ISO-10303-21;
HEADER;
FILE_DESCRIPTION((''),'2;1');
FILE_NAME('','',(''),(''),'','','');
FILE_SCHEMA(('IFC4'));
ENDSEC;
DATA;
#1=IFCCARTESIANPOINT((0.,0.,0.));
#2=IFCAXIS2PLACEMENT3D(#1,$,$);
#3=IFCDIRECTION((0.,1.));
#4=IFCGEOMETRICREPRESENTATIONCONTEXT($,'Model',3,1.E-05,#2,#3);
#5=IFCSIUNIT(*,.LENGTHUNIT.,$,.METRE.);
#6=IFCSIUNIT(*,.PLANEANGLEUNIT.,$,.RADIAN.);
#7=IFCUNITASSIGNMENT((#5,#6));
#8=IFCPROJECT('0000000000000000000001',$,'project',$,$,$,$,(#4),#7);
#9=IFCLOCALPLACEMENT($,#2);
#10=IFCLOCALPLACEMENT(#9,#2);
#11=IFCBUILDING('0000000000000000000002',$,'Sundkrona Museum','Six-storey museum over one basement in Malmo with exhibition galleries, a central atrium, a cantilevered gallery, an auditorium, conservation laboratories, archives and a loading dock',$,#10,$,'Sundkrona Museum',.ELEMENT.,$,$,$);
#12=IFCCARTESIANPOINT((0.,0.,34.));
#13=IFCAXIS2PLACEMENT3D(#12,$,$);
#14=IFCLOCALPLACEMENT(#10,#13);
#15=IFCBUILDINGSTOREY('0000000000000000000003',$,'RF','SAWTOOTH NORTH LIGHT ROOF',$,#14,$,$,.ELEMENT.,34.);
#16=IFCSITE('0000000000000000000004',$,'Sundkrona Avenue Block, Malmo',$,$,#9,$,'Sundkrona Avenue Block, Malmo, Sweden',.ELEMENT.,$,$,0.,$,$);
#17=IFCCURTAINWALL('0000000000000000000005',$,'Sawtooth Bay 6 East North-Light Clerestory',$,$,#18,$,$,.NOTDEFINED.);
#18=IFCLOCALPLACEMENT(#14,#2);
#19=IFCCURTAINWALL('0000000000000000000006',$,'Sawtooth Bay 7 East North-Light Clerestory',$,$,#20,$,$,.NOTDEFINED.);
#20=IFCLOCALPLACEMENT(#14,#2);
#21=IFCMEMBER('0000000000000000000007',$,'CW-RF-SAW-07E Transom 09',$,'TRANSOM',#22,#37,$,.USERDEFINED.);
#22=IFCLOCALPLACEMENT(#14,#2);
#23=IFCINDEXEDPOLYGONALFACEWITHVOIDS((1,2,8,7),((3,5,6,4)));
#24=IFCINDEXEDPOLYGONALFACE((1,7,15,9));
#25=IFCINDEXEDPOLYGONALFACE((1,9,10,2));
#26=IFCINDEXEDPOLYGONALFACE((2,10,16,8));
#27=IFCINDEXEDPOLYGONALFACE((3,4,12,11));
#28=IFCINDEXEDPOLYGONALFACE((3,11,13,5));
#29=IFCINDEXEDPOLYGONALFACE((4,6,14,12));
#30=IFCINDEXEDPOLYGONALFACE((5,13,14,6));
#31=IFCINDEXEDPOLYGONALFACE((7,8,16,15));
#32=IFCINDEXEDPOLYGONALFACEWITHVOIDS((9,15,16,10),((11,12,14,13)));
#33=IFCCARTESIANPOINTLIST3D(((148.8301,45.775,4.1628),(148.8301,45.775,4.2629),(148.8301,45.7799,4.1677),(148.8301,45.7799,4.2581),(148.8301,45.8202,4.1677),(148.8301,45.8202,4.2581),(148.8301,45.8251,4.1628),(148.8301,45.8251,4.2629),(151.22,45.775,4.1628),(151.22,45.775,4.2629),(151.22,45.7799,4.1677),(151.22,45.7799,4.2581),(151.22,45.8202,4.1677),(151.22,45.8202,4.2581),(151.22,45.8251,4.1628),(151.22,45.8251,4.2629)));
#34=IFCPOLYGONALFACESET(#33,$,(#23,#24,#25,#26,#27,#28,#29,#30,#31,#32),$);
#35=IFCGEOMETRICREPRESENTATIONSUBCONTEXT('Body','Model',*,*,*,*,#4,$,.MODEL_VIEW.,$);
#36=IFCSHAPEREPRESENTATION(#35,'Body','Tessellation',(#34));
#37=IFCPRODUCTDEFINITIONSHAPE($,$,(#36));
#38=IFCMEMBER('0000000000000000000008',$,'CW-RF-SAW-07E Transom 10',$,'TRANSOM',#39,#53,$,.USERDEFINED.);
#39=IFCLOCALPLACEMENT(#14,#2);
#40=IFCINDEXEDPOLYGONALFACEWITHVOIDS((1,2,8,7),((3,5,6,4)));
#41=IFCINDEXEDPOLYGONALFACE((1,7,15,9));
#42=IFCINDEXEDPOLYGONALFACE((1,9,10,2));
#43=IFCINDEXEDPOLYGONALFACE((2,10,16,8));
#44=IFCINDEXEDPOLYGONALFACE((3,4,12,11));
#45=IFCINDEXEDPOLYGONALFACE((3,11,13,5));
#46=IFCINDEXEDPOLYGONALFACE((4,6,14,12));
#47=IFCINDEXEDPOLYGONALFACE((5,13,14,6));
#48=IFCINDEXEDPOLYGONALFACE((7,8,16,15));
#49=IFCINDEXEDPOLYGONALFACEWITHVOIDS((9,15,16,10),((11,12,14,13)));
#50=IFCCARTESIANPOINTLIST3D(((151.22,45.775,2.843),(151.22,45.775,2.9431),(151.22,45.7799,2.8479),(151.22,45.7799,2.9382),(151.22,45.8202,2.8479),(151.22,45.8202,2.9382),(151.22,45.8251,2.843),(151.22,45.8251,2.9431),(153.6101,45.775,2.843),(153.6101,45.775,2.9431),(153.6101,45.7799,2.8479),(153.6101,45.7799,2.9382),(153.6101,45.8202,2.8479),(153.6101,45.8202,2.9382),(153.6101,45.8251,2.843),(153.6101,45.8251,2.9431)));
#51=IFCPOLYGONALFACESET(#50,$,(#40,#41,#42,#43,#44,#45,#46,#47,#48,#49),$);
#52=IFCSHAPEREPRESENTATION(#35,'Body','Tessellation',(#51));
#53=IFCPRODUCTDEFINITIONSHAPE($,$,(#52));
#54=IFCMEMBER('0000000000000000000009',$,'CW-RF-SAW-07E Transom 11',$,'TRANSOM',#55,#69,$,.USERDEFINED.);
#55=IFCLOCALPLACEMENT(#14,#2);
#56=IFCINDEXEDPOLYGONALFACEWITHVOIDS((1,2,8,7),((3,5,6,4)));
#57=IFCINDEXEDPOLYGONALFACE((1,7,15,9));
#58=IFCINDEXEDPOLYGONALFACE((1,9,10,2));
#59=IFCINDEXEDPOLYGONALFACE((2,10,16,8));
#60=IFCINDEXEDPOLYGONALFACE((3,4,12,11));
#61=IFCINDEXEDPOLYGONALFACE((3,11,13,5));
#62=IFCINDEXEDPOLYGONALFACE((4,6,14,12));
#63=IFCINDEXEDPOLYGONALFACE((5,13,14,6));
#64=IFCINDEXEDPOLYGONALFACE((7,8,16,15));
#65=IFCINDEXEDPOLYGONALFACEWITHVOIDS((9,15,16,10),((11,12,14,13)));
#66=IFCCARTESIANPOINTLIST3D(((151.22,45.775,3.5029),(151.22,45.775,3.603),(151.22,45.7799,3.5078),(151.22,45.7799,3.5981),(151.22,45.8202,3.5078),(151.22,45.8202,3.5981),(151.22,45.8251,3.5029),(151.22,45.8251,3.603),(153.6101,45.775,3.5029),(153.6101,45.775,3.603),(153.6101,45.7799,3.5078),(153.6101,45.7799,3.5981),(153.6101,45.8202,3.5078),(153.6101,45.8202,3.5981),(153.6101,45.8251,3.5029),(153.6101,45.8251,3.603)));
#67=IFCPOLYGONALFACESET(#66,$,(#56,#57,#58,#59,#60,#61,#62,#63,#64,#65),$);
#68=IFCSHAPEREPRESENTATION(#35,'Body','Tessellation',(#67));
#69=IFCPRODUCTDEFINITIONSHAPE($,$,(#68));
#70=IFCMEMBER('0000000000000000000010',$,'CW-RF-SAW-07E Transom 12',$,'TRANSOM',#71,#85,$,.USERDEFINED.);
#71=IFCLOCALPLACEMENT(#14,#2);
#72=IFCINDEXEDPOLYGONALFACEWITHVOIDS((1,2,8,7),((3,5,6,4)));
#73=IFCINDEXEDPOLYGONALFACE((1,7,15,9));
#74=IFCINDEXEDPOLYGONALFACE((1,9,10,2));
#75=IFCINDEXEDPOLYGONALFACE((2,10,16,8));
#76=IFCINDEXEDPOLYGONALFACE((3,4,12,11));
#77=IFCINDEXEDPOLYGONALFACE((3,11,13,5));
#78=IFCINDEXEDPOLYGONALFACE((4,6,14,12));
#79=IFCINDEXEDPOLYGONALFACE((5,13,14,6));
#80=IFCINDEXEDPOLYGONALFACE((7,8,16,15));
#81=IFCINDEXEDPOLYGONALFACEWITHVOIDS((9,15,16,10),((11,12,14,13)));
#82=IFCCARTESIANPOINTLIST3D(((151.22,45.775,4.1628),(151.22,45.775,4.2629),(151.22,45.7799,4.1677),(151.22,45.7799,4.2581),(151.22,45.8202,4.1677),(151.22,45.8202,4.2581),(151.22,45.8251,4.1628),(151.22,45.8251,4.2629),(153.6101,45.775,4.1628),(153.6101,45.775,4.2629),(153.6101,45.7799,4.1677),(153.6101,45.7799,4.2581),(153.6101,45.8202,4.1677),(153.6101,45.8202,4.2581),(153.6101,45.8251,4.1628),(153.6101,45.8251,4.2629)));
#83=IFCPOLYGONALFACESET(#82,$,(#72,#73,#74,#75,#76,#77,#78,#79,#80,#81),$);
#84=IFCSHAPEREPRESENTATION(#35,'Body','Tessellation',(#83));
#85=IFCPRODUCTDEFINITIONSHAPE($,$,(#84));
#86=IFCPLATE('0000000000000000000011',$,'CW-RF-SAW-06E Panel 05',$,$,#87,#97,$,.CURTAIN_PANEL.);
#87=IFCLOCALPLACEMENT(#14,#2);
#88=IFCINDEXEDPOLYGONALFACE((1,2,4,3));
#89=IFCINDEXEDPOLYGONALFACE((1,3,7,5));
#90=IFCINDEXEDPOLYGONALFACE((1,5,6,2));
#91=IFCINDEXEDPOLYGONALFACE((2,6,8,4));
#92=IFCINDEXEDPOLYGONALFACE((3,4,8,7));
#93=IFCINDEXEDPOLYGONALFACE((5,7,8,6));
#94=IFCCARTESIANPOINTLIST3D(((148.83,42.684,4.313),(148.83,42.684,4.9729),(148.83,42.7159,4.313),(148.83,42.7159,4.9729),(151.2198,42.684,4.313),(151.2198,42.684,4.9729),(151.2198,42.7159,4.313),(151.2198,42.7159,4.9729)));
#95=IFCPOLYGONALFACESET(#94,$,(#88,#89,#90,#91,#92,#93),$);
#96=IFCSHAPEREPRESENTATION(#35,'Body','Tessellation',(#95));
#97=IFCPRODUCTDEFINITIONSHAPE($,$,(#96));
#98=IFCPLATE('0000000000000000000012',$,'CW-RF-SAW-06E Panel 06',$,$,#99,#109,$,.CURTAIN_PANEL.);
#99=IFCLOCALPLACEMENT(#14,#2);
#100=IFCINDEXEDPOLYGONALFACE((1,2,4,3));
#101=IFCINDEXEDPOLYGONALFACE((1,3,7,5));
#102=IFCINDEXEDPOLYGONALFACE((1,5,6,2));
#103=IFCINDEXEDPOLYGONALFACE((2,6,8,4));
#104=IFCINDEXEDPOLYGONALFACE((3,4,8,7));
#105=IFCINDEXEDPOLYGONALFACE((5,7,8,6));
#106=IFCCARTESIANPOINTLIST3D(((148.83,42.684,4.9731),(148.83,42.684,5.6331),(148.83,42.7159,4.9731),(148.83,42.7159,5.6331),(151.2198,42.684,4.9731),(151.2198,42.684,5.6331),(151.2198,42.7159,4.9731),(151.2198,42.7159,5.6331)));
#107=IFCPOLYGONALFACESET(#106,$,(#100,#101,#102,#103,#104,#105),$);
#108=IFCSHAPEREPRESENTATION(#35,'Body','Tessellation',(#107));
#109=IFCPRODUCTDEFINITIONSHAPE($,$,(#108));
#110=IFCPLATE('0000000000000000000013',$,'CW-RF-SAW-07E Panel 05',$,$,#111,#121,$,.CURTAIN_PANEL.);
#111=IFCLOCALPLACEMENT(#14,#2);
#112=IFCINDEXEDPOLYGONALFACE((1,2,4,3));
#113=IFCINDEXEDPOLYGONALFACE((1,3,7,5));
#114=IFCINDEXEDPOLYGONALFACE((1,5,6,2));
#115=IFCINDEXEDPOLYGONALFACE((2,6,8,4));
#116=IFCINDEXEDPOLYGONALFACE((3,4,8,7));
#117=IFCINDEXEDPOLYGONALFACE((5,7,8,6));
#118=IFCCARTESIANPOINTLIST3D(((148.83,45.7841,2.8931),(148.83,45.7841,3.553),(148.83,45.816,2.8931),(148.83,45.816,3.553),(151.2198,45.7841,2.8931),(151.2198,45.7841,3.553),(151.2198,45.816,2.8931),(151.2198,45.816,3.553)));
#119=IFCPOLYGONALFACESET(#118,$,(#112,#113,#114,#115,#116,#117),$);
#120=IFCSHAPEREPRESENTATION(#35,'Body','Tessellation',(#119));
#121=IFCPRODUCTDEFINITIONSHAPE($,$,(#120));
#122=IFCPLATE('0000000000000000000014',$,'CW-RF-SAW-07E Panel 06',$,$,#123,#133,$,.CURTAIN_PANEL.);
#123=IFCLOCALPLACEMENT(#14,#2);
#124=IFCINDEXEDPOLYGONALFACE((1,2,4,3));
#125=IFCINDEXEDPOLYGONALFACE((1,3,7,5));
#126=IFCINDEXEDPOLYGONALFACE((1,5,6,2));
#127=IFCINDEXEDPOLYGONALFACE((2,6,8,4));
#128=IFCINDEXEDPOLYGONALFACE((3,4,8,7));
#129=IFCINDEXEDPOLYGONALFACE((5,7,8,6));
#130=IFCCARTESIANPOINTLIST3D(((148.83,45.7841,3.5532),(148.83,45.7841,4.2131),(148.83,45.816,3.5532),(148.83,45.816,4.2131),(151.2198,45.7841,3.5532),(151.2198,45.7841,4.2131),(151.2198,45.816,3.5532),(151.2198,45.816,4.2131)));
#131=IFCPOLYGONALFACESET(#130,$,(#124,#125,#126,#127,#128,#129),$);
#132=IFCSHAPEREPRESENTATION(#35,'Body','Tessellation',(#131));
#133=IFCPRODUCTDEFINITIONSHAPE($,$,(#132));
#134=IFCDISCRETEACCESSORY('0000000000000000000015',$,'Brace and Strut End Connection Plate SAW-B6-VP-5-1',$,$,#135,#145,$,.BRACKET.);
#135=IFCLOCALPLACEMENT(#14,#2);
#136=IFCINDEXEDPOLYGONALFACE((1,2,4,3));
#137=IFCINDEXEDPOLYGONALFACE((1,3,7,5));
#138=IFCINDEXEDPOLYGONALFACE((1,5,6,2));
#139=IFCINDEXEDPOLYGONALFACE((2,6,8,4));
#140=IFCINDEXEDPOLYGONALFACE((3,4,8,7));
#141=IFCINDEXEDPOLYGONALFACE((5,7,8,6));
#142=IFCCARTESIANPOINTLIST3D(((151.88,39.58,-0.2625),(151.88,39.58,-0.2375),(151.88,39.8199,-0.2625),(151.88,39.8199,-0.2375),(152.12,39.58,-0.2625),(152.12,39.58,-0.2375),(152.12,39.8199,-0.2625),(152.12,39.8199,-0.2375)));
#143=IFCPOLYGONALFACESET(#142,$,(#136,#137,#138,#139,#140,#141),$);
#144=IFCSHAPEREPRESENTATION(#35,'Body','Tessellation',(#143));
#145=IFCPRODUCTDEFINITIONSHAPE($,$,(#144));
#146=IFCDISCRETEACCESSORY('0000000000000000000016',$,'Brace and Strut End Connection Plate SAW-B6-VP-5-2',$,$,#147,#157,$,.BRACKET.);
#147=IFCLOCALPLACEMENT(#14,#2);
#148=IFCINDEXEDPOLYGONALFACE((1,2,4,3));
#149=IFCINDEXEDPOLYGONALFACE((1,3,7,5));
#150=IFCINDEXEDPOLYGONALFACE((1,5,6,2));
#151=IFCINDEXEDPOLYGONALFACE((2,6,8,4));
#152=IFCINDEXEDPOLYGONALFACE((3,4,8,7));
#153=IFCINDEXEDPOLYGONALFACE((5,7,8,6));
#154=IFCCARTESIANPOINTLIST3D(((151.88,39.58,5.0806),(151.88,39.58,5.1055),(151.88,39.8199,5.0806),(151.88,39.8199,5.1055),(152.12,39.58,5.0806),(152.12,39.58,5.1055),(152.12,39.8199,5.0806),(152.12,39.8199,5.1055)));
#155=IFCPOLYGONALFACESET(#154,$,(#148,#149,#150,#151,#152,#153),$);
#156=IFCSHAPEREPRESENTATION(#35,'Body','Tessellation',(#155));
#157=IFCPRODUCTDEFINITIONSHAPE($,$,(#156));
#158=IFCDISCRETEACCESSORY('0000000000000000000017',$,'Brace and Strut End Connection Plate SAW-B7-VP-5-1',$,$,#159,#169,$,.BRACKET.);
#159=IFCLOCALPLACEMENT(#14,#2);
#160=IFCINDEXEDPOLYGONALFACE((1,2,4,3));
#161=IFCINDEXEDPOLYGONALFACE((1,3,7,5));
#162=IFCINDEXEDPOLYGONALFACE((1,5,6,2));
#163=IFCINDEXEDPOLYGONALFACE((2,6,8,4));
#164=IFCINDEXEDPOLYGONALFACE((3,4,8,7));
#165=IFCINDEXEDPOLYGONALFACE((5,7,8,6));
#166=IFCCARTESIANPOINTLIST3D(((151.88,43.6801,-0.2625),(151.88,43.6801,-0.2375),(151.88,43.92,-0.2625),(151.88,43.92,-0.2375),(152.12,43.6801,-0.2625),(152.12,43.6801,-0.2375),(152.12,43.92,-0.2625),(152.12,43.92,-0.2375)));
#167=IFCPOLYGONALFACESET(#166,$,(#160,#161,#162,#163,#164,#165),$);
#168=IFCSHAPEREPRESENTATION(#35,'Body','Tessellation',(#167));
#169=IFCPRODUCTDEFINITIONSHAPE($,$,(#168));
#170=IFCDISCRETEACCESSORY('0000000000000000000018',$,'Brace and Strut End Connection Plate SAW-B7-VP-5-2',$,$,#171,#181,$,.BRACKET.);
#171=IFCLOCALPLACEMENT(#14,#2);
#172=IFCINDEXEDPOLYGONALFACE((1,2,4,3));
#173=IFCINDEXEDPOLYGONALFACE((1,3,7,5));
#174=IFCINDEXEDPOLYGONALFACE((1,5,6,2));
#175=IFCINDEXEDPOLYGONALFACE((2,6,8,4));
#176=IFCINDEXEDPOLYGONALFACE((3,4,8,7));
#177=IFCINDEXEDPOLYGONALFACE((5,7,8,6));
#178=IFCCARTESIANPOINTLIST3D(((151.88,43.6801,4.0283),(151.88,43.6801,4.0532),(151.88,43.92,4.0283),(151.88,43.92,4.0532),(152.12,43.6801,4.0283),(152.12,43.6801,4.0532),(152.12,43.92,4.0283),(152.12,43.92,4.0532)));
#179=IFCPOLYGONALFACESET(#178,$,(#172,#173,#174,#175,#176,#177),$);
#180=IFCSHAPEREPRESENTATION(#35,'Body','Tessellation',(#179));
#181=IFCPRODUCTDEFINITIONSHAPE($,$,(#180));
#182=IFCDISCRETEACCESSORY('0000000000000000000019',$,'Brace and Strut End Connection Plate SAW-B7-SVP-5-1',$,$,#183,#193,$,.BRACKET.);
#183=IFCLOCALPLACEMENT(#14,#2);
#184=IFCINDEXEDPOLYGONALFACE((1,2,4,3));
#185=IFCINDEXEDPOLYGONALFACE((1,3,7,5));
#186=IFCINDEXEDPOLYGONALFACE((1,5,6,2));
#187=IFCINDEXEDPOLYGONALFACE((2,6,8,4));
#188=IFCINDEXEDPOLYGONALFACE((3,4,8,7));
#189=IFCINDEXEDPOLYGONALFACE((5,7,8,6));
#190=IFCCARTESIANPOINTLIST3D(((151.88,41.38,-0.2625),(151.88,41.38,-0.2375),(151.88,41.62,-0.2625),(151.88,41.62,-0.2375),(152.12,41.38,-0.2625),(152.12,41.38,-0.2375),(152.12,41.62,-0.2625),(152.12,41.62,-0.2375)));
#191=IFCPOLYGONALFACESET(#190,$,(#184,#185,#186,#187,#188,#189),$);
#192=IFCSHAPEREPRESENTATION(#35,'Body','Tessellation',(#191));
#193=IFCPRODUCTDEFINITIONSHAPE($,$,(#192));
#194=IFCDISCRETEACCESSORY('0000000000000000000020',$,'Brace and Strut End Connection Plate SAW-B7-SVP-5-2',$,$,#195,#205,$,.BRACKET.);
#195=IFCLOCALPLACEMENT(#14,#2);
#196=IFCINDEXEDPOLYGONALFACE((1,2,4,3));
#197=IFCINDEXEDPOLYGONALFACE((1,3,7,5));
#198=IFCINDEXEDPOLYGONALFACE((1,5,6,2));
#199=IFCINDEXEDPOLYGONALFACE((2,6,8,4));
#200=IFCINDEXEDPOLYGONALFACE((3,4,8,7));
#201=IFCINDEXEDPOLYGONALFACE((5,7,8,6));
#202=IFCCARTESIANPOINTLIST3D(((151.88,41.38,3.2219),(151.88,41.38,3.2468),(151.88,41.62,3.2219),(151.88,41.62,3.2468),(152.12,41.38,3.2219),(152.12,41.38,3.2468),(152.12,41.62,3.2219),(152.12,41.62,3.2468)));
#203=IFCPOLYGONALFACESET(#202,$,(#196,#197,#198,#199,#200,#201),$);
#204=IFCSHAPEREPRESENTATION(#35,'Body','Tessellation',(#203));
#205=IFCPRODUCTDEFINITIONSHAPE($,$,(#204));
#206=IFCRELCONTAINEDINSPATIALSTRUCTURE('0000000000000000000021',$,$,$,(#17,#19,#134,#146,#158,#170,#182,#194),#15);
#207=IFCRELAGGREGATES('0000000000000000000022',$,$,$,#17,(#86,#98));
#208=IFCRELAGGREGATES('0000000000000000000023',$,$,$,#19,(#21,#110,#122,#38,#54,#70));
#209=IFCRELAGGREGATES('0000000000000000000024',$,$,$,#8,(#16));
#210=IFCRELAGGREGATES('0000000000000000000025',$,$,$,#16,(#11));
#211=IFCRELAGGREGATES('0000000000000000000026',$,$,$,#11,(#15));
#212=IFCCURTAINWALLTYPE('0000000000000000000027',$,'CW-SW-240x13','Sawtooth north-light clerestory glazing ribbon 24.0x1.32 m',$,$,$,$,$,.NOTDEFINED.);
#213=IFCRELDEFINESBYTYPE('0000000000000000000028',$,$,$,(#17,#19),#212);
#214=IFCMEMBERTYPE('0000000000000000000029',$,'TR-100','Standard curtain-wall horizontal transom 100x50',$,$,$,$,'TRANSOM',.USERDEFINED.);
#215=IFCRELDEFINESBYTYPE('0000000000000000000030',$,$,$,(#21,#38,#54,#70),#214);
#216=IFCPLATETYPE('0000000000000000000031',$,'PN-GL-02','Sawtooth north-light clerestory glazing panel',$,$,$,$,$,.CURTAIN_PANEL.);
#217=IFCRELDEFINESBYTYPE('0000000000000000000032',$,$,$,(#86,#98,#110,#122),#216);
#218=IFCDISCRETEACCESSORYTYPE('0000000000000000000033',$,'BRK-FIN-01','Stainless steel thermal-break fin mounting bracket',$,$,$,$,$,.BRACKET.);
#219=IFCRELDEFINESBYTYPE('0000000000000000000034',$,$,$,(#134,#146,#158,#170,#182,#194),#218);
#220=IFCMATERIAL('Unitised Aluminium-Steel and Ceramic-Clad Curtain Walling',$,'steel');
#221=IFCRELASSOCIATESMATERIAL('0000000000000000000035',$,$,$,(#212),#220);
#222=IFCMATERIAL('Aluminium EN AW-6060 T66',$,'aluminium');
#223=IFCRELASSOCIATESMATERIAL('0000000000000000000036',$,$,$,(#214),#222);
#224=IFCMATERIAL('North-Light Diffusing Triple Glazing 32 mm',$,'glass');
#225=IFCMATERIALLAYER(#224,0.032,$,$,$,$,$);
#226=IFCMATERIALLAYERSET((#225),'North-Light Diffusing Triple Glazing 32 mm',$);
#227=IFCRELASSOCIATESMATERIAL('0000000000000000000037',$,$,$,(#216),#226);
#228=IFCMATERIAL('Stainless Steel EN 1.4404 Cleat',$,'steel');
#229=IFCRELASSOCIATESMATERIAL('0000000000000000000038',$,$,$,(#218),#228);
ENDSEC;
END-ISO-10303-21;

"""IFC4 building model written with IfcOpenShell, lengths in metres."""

from ifc_helpers import new_model, si_unit, direction, frame, origin, origin_2d, place, context, subcontext, project, spatial, rectangle, hollow_rectangle, extrude, material, layer, layer_set, material_profile, profile_set, type_object, element, aggregate, save


model = new_model("IFC4")

# Units and contexts
model_context = context("Model", 3, precision=1e-05, world=origin(), true_north=direction((0.0, 1.0)))
body_context = subcontext(model_context, "Body", "Model", "MODEL_VIEW")
ifc_project = project(units=[si_unit("LENGTHUNIT", "METRE"), si_unit("PLANEANGLEUNIT", "RADIAN")], contexts=[model_context])

# Site, building, storey
site_placement = place(None, origin())
site = spatial("IfcSite", under=ifc_project, at=site_placement, Name="Sundkrona Avenue Block, Malmo", LongName="Sundkrona Avenue Block, Malmo, Sweden", CompositionType="ELEMENT", RefElevation=0.0)
building_placement = place(site_placement, origin())
building = spatial("IfcBuilding", under=site, at=building_placement, Name="Sundkrona Museum", Description="Six-storey museum over one basement in Malmo with exhibition galleries, a central atrium, a cantilevered gallery, an auditorium, conservation laboratories, archives and a loading dock", LongName="Sundkrona Museum", CompositionType="ELEMENT")
storey_placement = place(building_placement, frame((0.0, 0.0, 34.0)))
storey = spatial("IfcBuildingStorey", under=building, at=storey_placement, Name="RF", Description="SAWTOOTH NORTH LIGHT ROOF", CompositionType="ELEMENT", Elevation=34.0)

# Curtain walls
ifc_material_1 = material(Name="Unitised Aluminium-Steel and Ceramic-Clad Curtain Walling", Category="steel")
curtain_wall_type = type_object("IfcCurtainWallType", Name="CW-SW-240x13", Description="Sawtooth north-light clerestory glazing ribbon 24.0x1.32 m", PredefinedType="NOTDEFINED", material=ifc_material_1)
curtain_wall_1_placement = place(storey_placement, origin())
curtain_wall_1 = element("IfcCurtainWall", 1, at=curtain_wall_1_placement, inside=storey, type_object=curtain_wall_type, Name="Sawtooth Bay 6 East North-Light Clerestory", PredefinedType="NOTDEFINED")
ifc_material_2 = material(Name="Aluminium EN AW-6060 T66", Category="aluminium")
curtain_wall_2_placement = place(storey_placement, origin())
curtain_wall_2 = element("IfcCurtainWall", 2, at=curtain_wall_2_placement, inside=storey, type_object=curtain_wall_type, Name="Sawtooth Bay 7 East North-Light Clerestory", PredefinedType="NOTDEFINED")

# Members
ifc_material_profile_1 = material_profile(ifc_material_2, hollow_rectangle(XDim=0.05, YDim=0.1001, WallThickness=0.0049, at=origin_2d()), Name="RHS 100x50x5.0")
ifc_profile_set_1 = profile_set([ifc_material_profile_1], Name="Aluminium EN AW-6060 T66")
member_type_1 = type_object("IfcMemberType", Name="TR-100", Description="Standard curtain-wall horizontal transom 100x50", ElementType="TRANSOM", PredefinedType="USERDEFINED", material=ifc_profile_set_1)
member_1_placement = place(storey_placement, frame((148.8301, 45.8, 4.2129), z_axis=(1.0, 0.0, 0.0), x_axis=(0.0, 1.0, 0.0)))
member_1 = element("IfcMember", 3, at=member_1_placement, type_object=member_type_1, Name="CW-RF-SAW-07E Transom 09", ObjectType="TRANSOM", PredefinedType="USERDEFINED", context=body_context, shape_type="SweptSolid", body=[
    extrude(hollow_rectangle(XDim=0.05, YDim=0.1001, WallThickness=0.0049, at=origin_2d()), origin(), (0.0, 0.0, 1.0), 2.3899),
])
member_2_placement = place(storey_placement, frame((151.22, 45.8, 2.8931), z_axis=(1.0, 0.0, 0.0), x_axis=(0.0, 1.0, 0.0)))
member_2 = element("IfcMember", 4, at=member_2_placement, type_object=member_type_1, Name="CW-RF-SAW-07E Transom 10", ObjectType="TRANSOM", PredefinedType="USERDEFINED", context=body_context, shape_type="SweptSolid", body=[
    extrude(hollow_rectangle(XDim=0.05, YDim=0.1001, WallThickness=0.0049, at=origin_2d()), origin(), (0.0, 0.0, 1.0), 2.3901),
])
member_3_placement = place(storey_placement, frame((151.22, 45.8, 3.553), z_axis=(1.0, 0.0, 0.0), x_axis=(0.0, 1.0, 0.0)))
member_3 = element("IfcMember", 5, at=member_3_placement, type_object=member_type_1, Name="CW-RF-SAW-07E Transom 11", ObjectType="TRANSOM", PredefinedType="USERDEFINED", context=body_context, shape_type="SweptSolid", body=[
    extrude(hollow_rectangle(XDim=0.05, YDim=0.1001, WallThickness=0.0049, at=origin_2d()), origin(), (0.0, 0.0, 1.0), 2.3901),
])
member_4_placement = place(storey_placement, frame((151.22, 45.8, 4.2129), z_axis=(1.0, 0.0, 0.0), x_axis=(0.0, 1.0, 0.0)))
member_4 = element("IfcMember", 6, at=member_4_placement, type_object=member_type_1, Name="CW-RF-SAW-07E Transom 12", ObjectType="TRANSOM", PredefinedType="USERDEFINED", context=body_context, shape_type="SweptSolid", body=[
    extrude(hollow_rectangle(XDim=0.05, YDim=0.1001, WallThickness=0.0049, at=origin_2d()), origin(), (0.0, 0.0, 1.0), 2.3901),
])

# Plates
ifc_material_3 = material(Name="North-Light Diffusing Triple Glazing 32 mm", Category="glass")
ifc_layer = layer(ifc_material_3, 0.032)
ifc_layer_set = layer_set([ifc_layer], Name="North-Light Diffusing Triple Glazing 32 mm")
plate_type = type_object("IfcPlateType", Name="PN-GL-02", Description="Sawtooth north-light clerestory glazing panel", PredefinedType="CURTAIN_PANEL", material=ifc_layer_set)
plate_1_placement = place(storey_placement, frame((150.0249, 42.7, 4.313), z_axis=(0.0, 0.0, 1.0), x_axis=(1.0, 0.0, 0.0)))
plate_1 = element("IfcPlate", 7, at=plate_1_placement, type_object=plate_type, Name="CW-RF-SAW-06E Panel 05", PredefinedType="CURTAIN_PANEL", context=body_context, shape_type="SweptSolid", body=[
    extrude(rectangle(XDim=2.3899, YDim=0.032, at=origin_2d()), origin(), (0.0, 0.0, 1.0), 0.6599),
])
plate_2_placement = place(storey_placement, frame((150.0249, 42.7, 4.9731), z_axis=(0.0, 0.0, 1.0), x_axis=(1.0, 0.0, 0.0)))
plate_2 = element("IfcPlate", 8, at=plate_2_placement, type_object=plate_type, Name="CW-RF-SAW-06E Panel 06", PredefinedType="CURTAIN_PANEL", context=body_context, shape_type="SweptSolid", body=[
    extrude(rectangle(XDim=2.3899, YDim=0.032, at=origin_2d()), origin(), (0.0, 0.0, 1.0), 0.6599),
])
aggregate(curtain_wall_1, [plate_1, plate_2])
plate_3_placement = place(storey_placement, frame((150.0249, 45.8, 2.8931), z_axis=(0.0, 0.0, 1.0), x_axis=(1.0, 0.0, 0.0)))
plate_3 = element("IfcPlate", 9, at=plate_3_placement, type_object=plate_type, Name="CW-RF-SAW-07E Panel 05", PredefinedType="CURTAIN_PANEL", context=body_context, shape_type="SweptSolid", body=[
    extrude(rectangle(XDim=2.3899, YDim=0.032, at=origin_2d()), origin(), (0.0, 0.0, 1.0), 0.6599),
])
plate_4_placement = place(storey_placement, frame((150.0249, 45.8, 3.5532), z_axis=(0.0, 0.0, 1.0), x_axis=(1.0, 0.0, 0.0)))
plate_4 = element("IfcPlate", 10, at=plate_4_placement, type_object=plate_type, Name="CW-RF-SAW-07E Panel 06", PredefinedType="CURTAIN_PANEL", context=body_context, shape_type="SweptSolid", body=[
    extrude(rectangle(XDim=2.3899, YDim=0.032, at=origin_2d()), origin(), (0.0, 0.0, 1.0), 0.6599),
])
aggregate(curtain_wall_2, [member_1, plate_3, plate_4, member_2, member_3, member_4])

# Discrete accessories
ifc_material_4 = material(Name="Stainless Steel EN 1.4404 Cleat", Category="steel")
discrete_accessory_type = type_object("IfcDiscreteAccessoryType", Name="BRK-FIN-01", Description="Stainless steel thermal-break fin mounting bracket", PredefinedType="BRACKET", material=ifc_material_4)
for number, where, z_axis, x_axis, name in (
    (11, (152.0, 39.7, -0.2625), (0.0, 0.0, 1.0), (1.0, 0.0, 0.0), "Brace and Strut End Connection Plate SAW-B6-VP-5-1"),
    (12, (152.0, 39.7, 5.0806), (0.0, 0.0, 1.0), (1.0, 0.0, 0.0), "Brace and Strut End Connection Plate SAW-B6-VP-5-2"),
    (13, (152.0, 43.8, -0.2625), (0.0, 0.0, 1.0), (1.0, 0.0, 0.0), "Brace and Strut End Connection Plate SAW-B7-VP-5-1"),
    (14, (152.0, 43.8, 4.0283), (0.0, 0.0, 1.0), (1.0, 0.0, 0.0), "Brace and Strut End Connection Plate SAW-B7-VP-5-2"),
    (15, (152.0, 41.5, -0.2625), (0.0, 0.0, 1.0), (1.0, 0.0, 0.0), "Brace and Strut End Connection Plate SAW-B7-SVP-5-1"),
    (16, (152.0, 41.5, 3.2219), (0.0, 0.0, 1.0), (1.0, 0.0, 0.0), "Brace and Strut End Connection Plate SAW-B7-SVP-5-2"),
):
    element("IfcDiscreteAccessory", number, at=place(storey_placement, frame(where, z_axis=z_axis, x_axis=x_axis)), inside=storey, type_object=discrete_accessory_type, Name=name, PredefinedType="BRACKET", context=body_context, shape_type="SweptSolid", body=[
        extrude(rectangle(XDim=0.24, YDim=0.24, at=origin_2d()), origin(), (0.0, 0.0, 1.0), 0.0249),
    ])

save(model, "model.ifc")
